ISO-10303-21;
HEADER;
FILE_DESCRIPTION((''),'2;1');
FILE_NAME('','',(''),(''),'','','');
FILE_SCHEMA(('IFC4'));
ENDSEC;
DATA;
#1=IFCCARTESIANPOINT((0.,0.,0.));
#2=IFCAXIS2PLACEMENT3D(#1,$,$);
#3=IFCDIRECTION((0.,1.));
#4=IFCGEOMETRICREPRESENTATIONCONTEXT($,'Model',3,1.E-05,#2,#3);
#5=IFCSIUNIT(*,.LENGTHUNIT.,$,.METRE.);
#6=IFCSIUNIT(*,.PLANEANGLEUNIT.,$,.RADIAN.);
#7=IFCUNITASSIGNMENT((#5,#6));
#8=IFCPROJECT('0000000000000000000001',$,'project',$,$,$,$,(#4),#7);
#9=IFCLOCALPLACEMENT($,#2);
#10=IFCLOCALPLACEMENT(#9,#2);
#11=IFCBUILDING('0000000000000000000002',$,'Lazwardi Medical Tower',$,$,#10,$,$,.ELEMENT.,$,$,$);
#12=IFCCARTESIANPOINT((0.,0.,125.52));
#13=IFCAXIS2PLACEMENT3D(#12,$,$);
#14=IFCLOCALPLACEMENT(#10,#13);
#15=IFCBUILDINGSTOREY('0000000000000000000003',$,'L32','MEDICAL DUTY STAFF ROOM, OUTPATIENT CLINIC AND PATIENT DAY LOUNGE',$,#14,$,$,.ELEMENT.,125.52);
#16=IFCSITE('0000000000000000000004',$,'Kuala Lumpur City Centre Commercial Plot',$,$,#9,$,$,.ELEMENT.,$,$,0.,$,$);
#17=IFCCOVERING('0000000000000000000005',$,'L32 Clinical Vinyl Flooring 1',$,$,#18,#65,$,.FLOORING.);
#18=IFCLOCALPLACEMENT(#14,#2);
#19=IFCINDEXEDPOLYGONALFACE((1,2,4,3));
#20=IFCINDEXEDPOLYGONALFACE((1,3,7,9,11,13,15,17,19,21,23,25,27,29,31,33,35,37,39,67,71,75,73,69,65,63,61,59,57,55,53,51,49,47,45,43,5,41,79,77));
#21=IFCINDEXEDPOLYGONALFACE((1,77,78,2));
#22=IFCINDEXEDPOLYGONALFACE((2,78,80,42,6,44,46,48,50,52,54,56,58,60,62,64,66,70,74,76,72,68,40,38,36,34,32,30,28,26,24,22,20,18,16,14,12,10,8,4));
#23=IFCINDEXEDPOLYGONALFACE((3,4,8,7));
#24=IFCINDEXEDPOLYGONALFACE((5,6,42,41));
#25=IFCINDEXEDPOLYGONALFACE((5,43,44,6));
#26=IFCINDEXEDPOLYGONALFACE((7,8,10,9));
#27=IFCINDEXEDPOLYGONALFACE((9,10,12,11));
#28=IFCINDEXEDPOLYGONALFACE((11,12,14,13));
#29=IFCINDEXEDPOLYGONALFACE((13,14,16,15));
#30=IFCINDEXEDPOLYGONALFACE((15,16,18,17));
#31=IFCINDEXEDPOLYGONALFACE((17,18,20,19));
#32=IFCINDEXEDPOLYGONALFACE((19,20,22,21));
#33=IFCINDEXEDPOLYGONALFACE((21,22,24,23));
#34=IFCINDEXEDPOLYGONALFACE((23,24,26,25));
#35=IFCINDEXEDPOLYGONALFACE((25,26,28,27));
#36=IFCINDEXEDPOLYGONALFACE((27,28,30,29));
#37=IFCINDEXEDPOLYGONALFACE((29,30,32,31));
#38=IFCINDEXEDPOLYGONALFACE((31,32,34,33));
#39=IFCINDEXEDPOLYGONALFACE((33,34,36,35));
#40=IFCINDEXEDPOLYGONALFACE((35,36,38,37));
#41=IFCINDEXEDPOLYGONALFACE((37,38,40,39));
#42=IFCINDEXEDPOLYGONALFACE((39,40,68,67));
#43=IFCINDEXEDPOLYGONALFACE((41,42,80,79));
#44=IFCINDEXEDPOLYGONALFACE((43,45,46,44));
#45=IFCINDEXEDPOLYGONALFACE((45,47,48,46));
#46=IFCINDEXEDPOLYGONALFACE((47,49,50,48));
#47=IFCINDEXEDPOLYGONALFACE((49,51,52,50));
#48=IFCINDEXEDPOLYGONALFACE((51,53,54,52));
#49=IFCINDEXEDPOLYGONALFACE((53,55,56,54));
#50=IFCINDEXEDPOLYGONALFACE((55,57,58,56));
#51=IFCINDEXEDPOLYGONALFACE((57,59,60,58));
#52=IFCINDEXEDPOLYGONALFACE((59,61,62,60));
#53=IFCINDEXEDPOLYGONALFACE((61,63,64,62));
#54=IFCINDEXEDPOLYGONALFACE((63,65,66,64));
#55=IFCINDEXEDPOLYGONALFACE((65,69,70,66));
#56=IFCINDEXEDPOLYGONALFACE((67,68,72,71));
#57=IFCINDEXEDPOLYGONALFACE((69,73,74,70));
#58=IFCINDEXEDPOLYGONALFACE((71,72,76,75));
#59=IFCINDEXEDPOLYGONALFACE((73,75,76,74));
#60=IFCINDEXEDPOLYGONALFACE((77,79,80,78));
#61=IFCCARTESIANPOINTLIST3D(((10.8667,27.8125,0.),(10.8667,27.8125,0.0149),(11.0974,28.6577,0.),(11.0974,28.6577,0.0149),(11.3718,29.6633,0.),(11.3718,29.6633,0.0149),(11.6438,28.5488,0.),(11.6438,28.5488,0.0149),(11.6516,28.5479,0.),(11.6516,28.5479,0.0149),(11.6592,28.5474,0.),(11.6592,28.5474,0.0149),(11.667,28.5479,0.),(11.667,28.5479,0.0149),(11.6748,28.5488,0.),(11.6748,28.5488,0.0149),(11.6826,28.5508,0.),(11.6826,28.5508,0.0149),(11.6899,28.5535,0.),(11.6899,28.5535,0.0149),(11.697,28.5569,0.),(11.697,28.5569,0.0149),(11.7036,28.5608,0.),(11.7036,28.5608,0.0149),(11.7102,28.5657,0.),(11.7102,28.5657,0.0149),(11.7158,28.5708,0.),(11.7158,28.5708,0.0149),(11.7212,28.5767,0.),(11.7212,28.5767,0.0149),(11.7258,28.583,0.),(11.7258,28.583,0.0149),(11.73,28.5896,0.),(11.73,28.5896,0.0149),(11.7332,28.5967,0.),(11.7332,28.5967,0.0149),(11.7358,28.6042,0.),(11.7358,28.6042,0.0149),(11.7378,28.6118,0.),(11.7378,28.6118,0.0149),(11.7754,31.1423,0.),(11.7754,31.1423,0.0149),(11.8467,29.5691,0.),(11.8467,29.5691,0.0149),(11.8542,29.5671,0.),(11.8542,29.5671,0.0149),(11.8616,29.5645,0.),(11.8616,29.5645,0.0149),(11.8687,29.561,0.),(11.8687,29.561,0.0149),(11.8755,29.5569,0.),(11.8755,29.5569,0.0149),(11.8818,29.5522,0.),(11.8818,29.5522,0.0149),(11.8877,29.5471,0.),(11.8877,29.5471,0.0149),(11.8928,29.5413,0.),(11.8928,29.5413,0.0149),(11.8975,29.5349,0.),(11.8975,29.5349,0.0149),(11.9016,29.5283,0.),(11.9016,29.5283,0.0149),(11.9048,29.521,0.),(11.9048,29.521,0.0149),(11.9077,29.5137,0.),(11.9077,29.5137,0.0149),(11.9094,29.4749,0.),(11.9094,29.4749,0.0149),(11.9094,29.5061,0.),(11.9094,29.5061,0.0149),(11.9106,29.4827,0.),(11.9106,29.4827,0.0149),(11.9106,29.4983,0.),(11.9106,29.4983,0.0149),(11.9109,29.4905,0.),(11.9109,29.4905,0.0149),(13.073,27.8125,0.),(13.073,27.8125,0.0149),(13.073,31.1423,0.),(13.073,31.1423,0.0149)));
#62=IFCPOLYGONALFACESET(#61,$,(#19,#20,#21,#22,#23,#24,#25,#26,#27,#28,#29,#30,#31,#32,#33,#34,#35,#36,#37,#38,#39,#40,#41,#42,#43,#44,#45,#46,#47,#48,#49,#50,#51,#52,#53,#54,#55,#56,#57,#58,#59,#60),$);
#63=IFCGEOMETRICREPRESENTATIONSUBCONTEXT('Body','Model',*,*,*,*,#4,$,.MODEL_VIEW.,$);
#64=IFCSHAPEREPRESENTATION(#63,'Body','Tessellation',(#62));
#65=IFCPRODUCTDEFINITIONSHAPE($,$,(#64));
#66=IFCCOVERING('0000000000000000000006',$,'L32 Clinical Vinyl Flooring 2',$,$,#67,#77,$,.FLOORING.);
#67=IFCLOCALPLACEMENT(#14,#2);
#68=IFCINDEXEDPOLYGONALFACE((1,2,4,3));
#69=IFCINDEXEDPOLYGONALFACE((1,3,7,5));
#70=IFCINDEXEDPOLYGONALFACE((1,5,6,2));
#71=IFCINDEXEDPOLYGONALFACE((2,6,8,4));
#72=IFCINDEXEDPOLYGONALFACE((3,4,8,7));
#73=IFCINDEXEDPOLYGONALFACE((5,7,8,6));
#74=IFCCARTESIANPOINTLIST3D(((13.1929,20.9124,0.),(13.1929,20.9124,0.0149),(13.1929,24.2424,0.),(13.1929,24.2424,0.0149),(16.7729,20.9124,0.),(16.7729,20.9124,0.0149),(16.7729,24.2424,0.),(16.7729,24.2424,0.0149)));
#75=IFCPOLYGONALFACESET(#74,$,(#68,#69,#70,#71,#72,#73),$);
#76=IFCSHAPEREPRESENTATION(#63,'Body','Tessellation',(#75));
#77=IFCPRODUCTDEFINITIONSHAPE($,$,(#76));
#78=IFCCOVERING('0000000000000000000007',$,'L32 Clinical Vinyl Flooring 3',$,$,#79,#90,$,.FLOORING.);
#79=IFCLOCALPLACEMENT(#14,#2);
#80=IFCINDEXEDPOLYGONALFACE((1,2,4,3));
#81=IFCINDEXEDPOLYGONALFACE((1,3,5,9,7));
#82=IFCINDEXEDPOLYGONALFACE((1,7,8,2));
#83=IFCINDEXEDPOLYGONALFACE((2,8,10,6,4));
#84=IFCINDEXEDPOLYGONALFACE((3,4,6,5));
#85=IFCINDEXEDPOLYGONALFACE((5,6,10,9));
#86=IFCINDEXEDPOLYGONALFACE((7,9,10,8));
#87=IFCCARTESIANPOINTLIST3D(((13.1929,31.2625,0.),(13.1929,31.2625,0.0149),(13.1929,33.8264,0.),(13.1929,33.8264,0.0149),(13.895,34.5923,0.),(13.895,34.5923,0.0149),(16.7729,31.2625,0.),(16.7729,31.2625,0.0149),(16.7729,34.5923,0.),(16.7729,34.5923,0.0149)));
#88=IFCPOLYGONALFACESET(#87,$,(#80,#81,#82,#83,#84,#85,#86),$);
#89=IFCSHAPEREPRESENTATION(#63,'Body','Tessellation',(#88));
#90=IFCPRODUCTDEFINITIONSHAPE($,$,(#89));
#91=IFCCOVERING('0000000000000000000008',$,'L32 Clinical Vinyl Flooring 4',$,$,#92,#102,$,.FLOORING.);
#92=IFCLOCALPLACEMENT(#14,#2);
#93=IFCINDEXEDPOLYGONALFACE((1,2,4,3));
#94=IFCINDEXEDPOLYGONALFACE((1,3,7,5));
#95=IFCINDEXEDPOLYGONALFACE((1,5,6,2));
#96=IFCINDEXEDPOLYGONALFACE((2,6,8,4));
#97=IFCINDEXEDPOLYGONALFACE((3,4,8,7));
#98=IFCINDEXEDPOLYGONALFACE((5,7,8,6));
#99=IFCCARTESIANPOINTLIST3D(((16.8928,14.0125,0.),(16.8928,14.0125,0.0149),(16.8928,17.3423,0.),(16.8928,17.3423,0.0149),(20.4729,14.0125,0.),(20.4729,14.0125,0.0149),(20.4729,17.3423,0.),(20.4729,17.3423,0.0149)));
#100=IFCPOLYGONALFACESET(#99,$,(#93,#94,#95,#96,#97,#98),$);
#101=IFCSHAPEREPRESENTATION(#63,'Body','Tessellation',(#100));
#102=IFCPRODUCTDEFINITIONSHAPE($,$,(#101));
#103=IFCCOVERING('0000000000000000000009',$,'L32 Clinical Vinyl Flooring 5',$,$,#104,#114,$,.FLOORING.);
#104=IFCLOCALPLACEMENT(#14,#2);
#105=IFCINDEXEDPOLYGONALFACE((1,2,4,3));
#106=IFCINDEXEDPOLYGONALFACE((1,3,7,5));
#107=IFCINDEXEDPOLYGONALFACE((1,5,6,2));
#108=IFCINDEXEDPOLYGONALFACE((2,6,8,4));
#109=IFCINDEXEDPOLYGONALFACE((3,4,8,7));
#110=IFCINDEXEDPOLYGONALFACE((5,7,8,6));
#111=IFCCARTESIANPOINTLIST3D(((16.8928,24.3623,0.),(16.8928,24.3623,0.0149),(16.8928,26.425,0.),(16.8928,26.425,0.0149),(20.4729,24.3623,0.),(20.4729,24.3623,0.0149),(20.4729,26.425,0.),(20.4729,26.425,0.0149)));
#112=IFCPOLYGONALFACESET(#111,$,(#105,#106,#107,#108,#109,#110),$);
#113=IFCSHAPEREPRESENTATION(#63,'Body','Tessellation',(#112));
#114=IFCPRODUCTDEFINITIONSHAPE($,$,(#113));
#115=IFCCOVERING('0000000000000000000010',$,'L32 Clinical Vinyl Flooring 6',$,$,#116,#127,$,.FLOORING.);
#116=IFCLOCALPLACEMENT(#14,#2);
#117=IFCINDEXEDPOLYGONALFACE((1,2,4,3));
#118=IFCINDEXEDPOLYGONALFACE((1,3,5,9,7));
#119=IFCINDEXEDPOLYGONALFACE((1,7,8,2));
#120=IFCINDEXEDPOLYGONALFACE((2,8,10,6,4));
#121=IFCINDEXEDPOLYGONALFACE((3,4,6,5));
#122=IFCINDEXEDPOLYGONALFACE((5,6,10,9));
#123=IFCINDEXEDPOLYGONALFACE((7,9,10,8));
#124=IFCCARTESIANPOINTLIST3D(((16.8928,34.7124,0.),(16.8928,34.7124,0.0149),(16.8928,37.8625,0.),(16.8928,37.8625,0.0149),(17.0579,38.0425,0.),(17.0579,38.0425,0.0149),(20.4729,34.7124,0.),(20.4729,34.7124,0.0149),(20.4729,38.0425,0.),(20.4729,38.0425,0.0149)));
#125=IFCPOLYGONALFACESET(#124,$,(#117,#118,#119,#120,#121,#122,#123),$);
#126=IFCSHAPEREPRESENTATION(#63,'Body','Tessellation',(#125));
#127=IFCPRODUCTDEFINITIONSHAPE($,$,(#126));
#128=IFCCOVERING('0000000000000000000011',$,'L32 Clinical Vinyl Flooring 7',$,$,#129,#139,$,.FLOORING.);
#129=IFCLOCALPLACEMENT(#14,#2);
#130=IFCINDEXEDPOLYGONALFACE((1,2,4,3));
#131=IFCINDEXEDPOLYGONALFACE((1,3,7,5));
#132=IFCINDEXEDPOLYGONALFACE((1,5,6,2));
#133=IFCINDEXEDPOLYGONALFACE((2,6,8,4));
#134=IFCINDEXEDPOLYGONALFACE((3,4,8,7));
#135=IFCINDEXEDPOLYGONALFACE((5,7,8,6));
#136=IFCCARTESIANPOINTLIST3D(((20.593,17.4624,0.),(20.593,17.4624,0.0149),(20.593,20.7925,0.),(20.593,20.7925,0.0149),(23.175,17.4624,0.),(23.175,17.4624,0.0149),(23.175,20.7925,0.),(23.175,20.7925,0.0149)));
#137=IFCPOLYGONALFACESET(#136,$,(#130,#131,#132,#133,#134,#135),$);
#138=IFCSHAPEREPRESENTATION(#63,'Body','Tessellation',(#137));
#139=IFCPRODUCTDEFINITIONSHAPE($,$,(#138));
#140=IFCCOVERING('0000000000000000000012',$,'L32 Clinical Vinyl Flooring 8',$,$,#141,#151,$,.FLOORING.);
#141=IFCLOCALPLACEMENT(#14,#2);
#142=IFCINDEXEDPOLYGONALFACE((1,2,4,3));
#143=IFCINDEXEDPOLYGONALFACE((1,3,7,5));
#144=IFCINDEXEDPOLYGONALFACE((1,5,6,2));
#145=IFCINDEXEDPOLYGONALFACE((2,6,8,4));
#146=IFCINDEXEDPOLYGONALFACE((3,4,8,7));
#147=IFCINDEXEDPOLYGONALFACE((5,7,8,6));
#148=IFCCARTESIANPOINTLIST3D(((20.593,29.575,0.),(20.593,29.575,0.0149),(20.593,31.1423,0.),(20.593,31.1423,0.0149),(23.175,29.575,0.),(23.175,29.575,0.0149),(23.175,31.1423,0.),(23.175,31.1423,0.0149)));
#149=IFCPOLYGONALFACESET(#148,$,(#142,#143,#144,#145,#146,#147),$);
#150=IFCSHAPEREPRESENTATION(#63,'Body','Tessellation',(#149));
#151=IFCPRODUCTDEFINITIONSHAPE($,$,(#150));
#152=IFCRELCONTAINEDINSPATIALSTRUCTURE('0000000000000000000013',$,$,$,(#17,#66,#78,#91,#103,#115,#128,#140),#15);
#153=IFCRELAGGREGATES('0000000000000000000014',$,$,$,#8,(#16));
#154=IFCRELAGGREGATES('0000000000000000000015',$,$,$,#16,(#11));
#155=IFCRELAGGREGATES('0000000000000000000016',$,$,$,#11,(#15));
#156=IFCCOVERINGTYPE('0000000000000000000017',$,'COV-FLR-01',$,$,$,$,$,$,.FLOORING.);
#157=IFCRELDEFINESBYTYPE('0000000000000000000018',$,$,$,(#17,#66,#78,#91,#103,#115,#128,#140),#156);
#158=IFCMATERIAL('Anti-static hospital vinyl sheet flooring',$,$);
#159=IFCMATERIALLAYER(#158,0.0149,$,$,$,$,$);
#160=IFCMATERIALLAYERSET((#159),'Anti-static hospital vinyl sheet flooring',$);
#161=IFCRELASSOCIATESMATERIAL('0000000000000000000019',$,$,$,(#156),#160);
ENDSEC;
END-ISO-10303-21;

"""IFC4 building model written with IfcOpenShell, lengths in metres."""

from ifc_helpers import new_model, si_unit, direction, frame, origin, place, context, subcontext, project, spatial, polyline, outline, extrude, material, layer, layer_set, type_object, element, save


model = new_model("IFC4")

# Units and contexts
model_context = context("Model", 3, precision=1e-05, world=origin(), true_north=direction((0.0, 1.0)))
body_context = subcontext(model_context, "Body", "Model", "MODEL_VIEW")
ifc_project = project(units=[si_unit("LENGTHUNIT", "METRE"), si_unit("PLANEANGLEUNIT", "RADIAN")], contexts=[model_context])

# Site, building, storey
site_placement = place(None, origin())
site = spatial("IfcSite", under=ifc_project, at=site_placement, Name="Kuala Lumpur City Centre Commercial Plot", CompositionType="ELEMENT", RefElevation=0.0)
building_placement = place(site_placement, origin())
building = spatial("IfcBuilding", under=site, at=building_placement, Name="Lazwardi Medical Tower", CompositionType="ELEMENT")
storey_placement = place(building_placement, frame((0.0, 0.0, 125.52)))
storey = spatial("IfcBuildingStorey", under=building, at=storey_placement, Name="L32", Description="MEDICAL DUTY STAFF ROOM, OUTPATIENT CLINIC AND PATIENT DAY LOUNGE", CompositionType="ELEMENT", Elevation=125.52)

# Coverings
ifc_material_1 = material(Name="Anti-static hospital vinyl sheet flooring")
ifc_layer_1 = layer(ifc_material_1, 0.0149)
ifc_layer_set_1 = layer_set([ifc_layer_1], Name="Anti-static hospital vinyl sheet flooring")
covering_type_1 = type_object("IfcCoveringType", Name="COV-FLR-01", PredefinedType="FLOORING", material=ifc_layer_set_1)
covering_1_placement = place(storey_placement, origin())
element("IfcCovering", 1, at=covering_1_placement, inside=storey, type_object=covering_type_1, Name="L32 Clinical Vinyl Flooring 1", PredefinedType="FLOORING", context=body_context, shape_type="SweptSolid", body=[
    extrude(outline(polyline([(11.7754, 31.1423), (11.3718, 29.6633), (11.8467, 29.5691), (11.8542, 29.5671), (11.8616, 29.5645), (11.8687, 29.561), (11.8755, 29.5569), (11.8818, 29.5522), (11.8877, 29.5471), (11.8928, 29.5413), (11.8975, 29.5349), (11.9016, 29.5283), (11.9048, 29.521), (11.9077, 29.5137), (11.9094, 29.5061), (11.9106, 29.4983), (11.9109, 29.4905), (11.9106, 29.4827), (11.9094, 29.4749), (11.7378, 28.6118), (11.7358, 28.6042), (11.7332, 28.5967), (11.73, 28.5896), (11.7258, 28.583), (11.7212, 28.5767), (11.7158, 28.5708), (11.7102, 28.5657), (11.7036, 28.5608), (11.697, 28.5569), (11.6899, 28.5535), (11.6826, 28.5508), (11.6748, 28.5488), (11.667, 28.5479), (11.6592, 28.5474), (11.6516, 28.5479), (11.6438, 28.5488), (11.0974, 28.6577), (10.8667, 27.8125), (13.073, 27.8125), (13.073, 31.1423), (11.7754, 31.1423)])), origin(), (0.0, 0.0, 1.0), 0.0149),
])
covering_2_placement = place(storey_placement, origin())
element("IfcCovering", 2, at=covering_2_placement, inside=storey, type_object=covering_type_1, Name="L32 Clinical Vinyl Flooring 2", PredefinedType="FLOORING", context=body_context, shape_type="SweptSolid", body=[
    extrude(outline(polyline([(16.7729, 20.9124), (16.7729, 24.2424), (13.1929, 24.2424), (13.1929, 20.9124), (16.7729, 20.9124)])), origin(), (0.0, 0.0, 1.0), 0.0149),
])
covering_3_placement = place(storey_placement, origin())
element("IfcCovering", 3, at=covering_3_placement, inside=storey, type_object=covering_type_1, Name="L32 Clinical Vinyl Flooring 3", PredefinedType="FLOORING", context=body_context, shape_type="SweptSolid", body=[
    extrude(outline(polyline([(13.895, 34.5923), (13.1929, 33.8264), (13.1929, 31.2625), (16.7729, 31.2625), (16.7729, 34.5923), (13.895, 34.5923)])), origin(), (0.0, 0.0, 1.0), 0.0149),
])
covering_4_placement = place(storey_placement, origin())
element("IfcCovering", 4, at=covering_4_placement, inside=storey, type_object=covering_type_1, Name="L32 Clinical Vinyl Flooring 4", PredefinedType="FLOORING", context=body_context, shape_type="SweptSolid", body=[
    extrude(outline(polyline([(20.4729, 14.0125), (20.4729, 17.3423), (16.8928, 17.3423), (16.8928, 14.0125), (20.4729, 14.0125)])), origin(), (0.0, 0.0, 1.0), 0.0149),
])
covering_5_placement = place(storey_placement, origin())
element("IfcCovering", 5, at=covering_5_placement, inside=storey, type_object=covering_type_1, Name="L32 Clinical Vinyl Flooring 5", PredefinedType="FLOORING", context=body_context, shape_type="SweptSolid", body=[
    extrude(outline(polyline([(20.4729, 26.425), (16.8928, 26.425), (16.8928, 24.3623), (20.4729, 24.3623), (20.4729, 26.425)])), origin(), (0.0, 0.0, 1.0), 0.0149),
])
covering_6_placement = place(storey_placement, origin())
element("IfcCovering", 6, at=covering_6_placement, inside=storey, type_object=covering_type_1, Name="L32 Clinical Vinyl Flooring 6", PredefinedType="FLOORING", context=body_context, shape_type="SweptSolid", body=[
    extrude(outline(polyline([(17.0579, 38.0425), (16.8928, 37.8625), (16.8928, 34.7124), (20.4729, 34.7124), (20.4729, 38.0425), (17.0579, 38.0425)])), origin(), (0.0, 0.0, 1.0), 0.0149),
])
covering_7_placement = place(storey_placement, origin())
element("IfcCovering", 7, at=covering_7_placement, inside=storey, type_object=covering_type_1, Name="L32 Clinical Vinyl Flooring 7", PredefinedType="FLOORING", context=body_context, shape_type="SweptSolid", body=[
    extrude(outline(polyline([(23.175, 17.4624), (23.175, 20.7925), (20.593, 20.7925), (20.593, 17.4624), (23.175, 17.4624)])), origin(), (0.0, 0.0, 1.0), 0.0149),
])
covering_8_placement = place(storey_placement, origin())
element("IfcCovering", 8, at=covering_8_placement, inside=storey, type_object=covering_type_1, Name="L32 Clinical Vinyl Flooring 8", PredefinedType="FLOORING", context=body_context, shape_type="SweptSolid", body=[
    extrude(outline(polyline([(20.593, 29.575), (23.175, 29.575), (23.175, 31.1423), (20.593, 31.1423), (20.593, 29.575)])), origin(), (0.0, 0.0, 1.0), 0.0149),
])

save(model, "model.ifc")
